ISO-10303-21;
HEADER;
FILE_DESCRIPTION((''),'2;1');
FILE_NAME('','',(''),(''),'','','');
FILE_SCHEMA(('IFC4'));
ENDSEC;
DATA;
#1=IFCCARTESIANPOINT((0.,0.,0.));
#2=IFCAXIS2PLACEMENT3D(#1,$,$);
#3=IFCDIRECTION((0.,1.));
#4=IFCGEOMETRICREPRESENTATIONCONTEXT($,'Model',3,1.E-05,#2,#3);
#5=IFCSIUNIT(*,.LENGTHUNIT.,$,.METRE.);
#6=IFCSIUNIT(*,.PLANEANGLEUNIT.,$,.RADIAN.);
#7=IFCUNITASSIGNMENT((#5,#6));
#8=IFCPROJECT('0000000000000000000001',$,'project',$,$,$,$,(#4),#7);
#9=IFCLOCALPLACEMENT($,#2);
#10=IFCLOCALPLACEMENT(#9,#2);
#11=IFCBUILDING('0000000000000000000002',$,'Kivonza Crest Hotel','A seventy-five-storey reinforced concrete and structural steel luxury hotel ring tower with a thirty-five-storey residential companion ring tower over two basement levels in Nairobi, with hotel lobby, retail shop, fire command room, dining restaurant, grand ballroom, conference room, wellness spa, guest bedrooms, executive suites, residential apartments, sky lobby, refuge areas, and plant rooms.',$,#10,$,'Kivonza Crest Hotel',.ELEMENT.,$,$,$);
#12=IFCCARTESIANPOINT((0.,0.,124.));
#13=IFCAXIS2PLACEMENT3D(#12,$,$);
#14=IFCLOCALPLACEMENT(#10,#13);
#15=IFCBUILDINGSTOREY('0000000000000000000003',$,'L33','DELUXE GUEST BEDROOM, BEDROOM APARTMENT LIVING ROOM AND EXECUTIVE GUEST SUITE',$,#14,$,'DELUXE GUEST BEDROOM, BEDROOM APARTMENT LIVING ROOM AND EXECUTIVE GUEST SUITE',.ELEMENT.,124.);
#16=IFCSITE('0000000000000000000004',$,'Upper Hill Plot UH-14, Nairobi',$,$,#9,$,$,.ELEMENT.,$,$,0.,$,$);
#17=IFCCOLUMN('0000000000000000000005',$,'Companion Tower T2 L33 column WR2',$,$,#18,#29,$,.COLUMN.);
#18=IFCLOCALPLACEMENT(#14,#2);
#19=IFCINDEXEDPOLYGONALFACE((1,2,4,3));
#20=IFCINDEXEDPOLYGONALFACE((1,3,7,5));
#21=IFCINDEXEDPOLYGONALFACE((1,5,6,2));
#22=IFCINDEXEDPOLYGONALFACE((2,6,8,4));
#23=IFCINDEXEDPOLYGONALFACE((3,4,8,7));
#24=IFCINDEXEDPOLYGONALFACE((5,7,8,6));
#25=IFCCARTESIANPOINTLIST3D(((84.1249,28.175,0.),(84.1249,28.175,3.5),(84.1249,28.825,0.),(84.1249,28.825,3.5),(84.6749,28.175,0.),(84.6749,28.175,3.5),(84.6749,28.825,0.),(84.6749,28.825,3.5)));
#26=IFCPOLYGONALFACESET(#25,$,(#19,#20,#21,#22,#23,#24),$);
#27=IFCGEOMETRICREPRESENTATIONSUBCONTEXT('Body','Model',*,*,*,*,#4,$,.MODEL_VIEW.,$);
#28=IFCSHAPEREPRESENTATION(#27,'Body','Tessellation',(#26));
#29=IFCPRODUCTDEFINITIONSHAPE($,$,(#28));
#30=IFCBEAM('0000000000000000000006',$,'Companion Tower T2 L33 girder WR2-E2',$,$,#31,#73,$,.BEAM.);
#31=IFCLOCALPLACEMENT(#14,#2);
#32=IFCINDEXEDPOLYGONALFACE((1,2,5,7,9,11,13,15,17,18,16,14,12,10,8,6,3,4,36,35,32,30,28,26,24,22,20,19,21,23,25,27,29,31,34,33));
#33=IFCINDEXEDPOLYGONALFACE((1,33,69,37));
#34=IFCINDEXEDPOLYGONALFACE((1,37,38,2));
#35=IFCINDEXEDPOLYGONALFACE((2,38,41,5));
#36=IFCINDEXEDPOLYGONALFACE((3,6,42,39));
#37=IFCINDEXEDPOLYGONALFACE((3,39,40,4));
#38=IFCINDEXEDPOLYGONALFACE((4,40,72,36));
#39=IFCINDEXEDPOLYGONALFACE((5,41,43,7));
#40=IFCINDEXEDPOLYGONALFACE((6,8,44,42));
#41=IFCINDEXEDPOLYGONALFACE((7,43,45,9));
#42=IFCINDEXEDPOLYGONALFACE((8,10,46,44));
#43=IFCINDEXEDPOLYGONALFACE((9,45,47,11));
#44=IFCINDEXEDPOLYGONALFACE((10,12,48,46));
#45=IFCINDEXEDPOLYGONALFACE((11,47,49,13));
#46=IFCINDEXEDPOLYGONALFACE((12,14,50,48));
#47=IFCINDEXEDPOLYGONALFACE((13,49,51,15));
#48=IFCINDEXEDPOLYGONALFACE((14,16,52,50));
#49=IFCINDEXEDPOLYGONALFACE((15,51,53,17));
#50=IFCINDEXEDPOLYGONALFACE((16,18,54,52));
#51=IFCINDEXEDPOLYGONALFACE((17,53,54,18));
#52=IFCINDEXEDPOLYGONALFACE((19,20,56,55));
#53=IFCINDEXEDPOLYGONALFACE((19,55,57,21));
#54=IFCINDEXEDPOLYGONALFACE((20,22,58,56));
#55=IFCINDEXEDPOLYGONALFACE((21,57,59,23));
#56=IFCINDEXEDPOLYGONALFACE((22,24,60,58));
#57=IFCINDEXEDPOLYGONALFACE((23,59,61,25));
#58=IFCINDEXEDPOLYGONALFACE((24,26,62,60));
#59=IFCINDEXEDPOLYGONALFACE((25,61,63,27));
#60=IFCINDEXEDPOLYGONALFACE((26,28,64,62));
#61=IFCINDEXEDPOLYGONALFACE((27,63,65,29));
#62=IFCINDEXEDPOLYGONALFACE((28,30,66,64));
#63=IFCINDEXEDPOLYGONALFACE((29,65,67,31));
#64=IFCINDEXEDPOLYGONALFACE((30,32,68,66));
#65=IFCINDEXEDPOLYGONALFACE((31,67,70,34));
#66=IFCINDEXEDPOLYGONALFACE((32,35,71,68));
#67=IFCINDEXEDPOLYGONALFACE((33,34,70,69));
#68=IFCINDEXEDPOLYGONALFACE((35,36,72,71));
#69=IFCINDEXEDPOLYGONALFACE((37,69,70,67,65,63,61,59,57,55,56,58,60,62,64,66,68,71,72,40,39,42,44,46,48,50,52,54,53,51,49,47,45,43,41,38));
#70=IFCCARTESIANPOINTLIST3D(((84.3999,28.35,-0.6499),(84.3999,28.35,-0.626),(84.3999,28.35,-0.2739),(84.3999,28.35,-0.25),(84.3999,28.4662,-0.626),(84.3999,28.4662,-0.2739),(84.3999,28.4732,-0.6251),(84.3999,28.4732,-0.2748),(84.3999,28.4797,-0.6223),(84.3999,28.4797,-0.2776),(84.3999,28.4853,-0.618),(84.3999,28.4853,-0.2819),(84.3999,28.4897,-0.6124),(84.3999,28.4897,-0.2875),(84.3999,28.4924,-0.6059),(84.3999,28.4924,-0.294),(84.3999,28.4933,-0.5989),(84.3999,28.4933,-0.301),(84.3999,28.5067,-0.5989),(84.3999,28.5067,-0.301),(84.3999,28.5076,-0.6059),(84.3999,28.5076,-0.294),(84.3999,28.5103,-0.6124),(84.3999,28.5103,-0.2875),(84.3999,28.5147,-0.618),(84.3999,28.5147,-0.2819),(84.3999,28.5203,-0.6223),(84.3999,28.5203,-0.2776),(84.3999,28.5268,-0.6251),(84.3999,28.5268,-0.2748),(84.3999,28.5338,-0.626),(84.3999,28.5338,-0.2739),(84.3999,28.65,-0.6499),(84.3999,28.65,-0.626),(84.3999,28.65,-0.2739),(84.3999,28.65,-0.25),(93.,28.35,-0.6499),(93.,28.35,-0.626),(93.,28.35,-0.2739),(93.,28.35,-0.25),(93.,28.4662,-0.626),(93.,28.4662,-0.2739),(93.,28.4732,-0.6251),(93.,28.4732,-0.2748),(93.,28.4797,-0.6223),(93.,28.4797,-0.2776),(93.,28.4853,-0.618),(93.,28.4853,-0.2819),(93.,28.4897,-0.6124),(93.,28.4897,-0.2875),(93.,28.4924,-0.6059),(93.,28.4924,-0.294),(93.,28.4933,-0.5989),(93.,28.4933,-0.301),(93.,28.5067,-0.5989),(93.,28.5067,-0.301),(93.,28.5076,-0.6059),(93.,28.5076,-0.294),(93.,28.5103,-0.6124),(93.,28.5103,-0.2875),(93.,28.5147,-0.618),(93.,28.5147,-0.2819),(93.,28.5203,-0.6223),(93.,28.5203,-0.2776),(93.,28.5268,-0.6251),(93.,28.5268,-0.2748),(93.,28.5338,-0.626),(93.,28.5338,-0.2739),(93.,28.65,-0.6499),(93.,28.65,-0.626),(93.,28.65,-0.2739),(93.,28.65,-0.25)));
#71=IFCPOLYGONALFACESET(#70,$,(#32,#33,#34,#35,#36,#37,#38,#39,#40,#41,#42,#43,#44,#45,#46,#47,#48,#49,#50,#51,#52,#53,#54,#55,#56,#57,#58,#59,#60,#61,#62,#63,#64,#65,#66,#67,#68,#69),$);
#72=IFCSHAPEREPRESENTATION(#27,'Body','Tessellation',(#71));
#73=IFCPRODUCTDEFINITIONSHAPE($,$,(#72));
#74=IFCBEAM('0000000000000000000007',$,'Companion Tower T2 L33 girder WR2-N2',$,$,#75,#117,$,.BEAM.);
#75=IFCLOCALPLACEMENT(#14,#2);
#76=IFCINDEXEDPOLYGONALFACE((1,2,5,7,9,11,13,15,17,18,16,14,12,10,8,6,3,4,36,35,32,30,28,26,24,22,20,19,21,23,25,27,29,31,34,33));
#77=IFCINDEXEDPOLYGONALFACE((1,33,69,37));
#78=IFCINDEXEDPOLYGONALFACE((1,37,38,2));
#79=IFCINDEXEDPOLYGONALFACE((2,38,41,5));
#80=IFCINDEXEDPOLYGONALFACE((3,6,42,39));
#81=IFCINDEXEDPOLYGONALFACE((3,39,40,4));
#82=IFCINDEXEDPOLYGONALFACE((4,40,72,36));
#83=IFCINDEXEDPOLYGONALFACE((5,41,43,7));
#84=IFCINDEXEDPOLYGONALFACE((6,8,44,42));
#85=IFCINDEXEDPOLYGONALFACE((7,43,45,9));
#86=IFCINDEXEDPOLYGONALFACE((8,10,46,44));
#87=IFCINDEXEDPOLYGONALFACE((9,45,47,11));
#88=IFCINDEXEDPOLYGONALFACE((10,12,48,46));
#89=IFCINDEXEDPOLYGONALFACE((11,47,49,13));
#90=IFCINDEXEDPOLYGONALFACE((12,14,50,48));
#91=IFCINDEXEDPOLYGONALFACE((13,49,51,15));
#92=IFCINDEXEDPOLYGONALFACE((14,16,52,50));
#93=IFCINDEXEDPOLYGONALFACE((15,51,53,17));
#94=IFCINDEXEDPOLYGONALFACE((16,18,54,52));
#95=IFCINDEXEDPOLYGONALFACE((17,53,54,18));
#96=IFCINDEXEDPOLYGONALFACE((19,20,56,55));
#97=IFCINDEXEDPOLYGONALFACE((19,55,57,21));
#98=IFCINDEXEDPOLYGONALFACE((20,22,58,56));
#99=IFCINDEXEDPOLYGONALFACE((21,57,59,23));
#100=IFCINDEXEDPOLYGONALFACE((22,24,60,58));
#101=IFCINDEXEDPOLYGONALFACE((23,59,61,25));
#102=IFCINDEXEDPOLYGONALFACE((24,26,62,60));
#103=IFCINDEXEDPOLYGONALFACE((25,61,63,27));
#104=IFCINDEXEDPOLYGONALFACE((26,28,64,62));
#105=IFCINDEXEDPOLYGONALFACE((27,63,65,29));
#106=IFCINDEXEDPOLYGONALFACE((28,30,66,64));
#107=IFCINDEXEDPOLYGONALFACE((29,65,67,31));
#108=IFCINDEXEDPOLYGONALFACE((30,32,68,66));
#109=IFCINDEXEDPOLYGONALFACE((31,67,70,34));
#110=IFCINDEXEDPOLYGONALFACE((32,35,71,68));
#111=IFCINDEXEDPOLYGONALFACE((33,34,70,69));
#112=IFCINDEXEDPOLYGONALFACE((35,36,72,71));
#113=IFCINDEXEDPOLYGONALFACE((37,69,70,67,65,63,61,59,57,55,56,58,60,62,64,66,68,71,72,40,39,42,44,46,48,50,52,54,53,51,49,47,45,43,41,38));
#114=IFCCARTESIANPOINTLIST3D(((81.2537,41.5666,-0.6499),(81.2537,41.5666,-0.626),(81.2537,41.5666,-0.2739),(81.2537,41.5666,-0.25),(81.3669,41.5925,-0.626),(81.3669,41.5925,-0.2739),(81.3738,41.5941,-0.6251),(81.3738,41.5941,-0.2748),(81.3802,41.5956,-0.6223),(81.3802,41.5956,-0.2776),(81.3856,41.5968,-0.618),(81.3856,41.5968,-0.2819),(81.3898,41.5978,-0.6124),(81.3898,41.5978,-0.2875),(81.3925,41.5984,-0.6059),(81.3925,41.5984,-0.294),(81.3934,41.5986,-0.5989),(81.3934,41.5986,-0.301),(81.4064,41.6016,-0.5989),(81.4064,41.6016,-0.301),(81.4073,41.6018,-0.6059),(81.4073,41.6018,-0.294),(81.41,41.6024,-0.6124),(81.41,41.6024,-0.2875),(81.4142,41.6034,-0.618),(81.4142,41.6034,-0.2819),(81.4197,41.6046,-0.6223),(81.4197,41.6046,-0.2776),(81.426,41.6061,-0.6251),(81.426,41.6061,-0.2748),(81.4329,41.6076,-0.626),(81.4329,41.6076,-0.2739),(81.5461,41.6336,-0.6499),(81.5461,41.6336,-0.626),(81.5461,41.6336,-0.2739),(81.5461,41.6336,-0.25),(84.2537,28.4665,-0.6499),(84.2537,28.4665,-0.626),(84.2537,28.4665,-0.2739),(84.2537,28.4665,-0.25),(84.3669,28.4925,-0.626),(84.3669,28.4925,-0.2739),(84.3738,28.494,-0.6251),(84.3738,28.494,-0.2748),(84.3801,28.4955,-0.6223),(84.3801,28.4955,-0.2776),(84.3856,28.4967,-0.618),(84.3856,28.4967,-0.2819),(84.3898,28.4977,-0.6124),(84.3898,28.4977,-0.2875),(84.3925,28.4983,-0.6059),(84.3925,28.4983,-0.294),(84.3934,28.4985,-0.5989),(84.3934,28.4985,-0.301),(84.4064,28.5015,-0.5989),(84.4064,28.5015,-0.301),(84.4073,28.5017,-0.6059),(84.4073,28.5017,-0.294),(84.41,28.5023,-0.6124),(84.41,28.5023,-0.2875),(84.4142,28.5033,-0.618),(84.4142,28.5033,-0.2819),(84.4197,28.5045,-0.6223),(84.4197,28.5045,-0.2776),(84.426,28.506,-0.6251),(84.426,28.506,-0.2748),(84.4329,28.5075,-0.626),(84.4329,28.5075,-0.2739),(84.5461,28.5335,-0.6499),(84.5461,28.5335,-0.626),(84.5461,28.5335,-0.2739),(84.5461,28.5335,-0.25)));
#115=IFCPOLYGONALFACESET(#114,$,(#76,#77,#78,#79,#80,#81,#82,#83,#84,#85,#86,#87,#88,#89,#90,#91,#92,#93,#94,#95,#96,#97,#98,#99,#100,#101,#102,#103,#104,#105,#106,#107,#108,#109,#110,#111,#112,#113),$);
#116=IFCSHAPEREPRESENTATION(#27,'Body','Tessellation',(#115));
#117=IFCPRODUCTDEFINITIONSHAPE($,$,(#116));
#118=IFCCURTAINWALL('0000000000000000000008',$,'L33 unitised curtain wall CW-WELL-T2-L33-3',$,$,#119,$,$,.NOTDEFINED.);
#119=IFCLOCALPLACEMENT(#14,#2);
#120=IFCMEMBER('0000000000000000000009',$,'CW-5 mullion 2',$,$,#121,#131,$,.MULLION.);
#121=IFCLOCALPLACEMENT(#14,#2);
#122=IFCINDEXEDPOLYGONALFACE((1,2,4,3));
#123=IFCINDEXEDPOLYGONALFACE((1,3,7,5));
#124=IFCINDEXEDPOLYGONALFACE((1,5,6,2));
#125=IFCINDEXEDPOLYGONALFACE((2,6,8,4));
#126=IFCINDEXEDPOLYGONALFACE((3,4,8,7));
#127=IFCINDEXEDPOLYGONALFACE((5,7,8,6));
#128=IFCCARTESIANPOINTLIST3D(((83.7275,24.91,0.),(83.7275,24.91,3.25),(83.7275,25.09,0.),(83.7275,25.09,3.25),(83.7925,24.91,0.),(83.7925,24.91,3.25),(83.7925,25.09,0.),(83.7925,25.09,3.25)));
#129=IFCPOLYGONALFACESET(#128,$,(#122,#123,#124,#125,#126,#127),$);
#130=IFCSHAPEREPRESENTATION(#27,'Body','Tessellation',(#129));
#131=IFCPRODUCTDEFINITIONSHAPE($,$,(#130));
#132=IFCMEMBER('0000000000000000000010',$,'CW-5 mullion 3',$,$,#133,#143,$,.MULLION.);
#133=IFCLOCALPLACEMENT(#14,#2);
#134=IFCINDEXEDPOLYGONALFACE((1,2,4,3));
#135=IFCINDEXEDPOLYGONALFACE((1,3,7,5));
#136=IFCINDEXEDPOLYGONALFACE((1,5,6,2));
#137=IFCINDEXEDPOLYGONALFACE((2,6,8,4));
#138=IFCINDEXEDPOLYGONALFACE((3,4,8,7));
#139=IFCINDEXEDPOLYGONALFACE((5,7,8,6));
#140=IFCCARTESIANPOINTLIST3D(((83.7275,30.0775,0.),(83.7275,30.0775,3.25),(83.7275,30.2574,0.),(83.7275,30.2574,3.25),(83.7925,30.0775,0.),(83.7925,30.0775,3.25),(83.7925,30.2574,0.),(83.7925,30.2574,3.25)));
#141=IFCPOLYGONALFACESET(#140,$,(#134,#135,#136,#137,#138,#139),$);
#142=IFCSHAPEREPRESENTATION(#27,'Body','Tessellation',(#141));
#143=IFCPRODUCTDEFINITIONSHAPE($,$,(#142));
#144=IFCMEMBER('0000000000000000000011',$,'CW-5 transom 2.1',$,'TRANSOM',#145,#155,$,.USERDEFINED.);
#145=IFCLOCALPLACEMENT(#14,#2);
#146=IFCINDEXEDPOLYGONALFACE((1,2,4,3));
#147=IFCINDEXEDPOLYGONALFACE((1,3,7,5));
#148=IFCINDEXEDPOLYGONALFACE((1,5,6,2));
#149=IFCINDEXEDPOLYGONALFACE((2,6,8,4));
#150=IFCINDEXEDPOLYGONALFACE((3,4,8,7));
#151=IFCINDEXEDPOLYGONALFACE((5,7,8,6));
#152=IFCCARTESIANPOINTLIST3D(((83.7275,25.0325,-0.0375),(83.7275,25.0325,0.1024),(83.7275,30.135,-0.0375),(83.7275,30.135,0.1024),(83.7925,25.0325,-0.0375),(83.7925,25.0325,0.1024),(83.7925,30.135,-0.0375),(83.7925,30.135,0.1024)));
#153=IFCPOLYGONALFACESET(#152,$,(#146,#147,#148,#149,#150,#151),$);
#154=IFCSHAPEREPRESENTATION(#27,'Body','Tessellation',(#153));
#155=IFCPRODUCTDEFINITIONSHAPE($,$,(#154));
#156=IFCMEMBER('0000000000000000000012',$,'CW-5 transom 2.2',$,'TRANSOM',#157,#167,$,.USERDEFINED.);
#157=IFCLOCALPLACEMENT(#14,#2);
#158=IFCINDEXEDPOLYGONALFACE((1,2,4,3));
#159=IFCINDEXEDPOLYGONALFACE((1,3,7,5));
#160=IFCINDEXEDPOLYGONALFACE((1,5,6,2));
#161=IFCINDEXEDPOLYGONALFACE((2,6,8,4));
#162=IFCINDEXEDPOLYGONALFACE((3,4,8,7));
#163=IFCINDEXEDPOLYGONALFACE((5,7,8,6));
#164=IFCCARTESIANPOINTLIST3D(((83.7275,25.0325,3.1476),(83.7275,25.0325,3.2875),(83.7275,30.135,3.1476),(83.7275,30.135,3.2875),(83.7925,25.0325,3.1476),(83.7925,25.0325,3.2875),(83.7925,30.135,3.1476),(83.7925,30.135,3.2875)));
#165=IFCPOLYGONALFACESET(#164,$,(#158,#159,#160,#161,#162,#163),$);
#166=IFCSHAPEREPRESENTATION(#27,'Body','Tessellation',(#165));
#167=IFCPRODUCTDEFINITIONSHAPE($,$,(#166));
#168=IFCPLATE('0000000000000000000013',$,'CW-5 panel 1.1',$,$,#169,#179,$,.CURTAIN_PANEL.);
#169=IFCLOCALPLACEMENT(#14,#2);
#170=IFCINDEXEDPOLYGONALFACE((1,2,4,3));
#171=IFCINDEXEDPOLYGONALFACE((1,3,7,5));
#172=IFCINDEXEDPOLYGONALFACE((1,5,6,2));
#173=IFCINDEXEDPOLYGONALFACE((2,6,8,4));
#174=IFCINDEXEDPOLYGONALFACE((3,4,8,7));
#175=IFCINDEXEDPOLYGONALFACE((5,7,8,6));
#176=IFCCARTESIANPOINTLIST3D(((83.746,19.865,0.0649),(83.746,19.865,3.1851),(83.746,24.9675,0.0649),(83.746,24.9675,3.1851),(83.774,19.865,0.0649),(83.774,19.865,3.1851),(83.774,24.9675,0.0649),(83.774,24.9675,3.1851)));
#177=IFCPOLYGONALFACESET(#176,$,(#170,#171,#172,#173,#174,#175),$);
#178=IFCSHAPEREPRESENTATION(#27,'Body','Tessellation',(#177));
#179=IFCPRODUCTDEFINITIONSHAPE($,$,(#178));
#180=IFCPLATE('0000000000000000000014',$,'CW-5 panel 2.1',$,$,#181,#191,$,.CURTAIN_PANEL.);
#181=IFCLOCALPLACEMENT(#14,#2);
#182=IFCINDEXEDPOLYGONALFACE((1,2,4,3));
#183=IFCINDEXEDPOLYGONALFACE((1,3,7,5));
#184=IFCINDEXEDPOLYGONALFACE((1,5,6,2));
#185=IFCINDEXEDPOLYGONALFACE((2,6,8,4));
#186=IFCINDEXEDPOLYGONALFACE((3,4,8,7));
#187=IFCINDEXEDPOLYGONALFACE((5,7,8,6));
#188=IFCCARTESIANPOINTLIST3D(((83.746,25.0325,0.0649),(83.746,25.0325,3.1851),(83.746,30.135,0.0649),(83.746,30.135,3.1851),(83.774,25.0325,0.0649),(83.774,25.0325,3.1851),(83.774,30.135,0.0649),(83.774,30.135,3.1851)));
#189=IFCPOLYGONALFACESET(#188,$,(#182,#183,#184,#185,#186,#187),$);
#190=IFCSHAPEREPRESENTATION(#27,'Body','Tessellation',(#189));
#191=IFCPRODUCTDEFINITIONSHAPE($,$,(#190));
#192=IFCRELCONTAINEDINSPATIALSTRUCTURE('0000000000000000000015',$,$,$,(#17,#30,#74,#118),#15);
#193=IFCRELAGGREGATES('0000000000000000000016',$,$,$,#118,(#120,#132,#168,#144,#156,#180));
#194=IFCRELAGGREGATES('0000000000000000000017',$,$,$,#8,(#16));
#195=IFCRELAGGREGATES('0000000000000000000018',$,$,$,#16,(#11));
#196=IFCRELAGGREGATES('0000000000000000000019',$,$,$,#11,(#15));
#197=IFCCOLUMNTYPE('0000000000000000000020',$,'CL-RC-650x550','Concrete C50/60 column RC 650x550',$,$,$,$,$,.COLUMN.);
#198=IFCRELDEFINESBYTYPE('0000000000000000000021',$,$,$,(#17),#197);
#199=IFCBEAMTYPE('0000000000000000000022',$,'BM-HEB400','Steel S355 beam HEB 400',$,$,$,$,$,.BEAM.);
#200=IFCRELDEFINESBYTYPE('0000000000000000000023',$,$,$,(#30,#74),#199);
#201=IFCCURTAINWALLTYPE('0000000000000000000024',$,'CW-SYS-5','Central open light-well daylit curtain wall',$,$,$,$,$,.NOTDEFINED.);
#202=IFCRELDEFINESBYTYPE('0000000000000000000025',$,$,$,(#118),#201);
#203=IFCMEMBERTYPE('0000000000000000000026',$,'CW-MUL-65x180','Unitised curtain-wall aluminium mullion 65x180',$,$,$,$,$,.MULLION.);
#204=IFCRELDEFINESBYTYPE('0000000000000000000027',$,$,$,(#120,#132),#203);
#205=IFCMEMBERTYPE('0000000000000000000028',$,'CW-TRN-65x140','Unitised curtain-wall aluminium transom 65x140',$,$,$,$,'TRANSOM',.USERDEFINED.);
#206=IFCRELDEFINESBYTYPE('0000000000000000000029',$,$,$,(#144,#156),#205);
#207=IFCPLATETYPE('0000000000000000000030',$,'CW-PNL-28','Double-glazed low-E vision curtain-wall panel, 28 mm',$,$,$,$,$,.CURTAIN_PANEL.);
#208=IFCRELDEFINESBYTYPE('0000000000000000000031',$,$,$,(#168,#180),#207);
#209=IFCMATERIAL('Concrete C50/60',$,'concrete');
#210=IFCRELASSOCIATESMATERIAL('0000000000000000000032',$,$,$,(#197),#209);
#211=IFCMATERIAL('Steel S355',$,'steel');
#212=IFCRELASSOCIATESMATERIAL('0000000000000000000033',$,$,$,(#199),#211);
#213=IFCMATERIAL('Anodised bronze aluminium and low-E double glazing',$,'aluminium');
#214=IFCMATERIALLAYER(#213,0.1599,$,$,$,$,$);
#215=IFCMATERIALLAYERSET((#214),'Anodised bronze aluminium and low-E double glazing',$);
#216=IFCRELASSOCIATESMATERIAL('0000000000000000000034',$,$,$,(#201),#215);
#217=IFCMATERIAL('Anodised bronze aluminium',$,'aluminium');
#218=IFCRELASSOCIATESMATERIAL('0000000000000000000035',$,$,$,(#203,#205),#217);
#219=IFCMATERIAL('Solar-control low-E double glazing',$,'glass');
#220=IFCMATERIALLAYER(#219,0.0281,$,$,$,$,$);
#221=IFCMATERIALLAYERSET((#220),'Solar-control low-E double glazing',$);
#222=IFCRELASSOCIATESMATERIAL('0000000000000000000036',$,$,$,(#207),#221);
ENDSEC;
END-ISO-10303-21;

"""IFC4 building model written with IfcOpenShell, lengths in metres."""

from ifc_helpers import new_model, si_unit, direction, frame, origin, origin_2d, place, context, subcontext, project, spatial, rectangle, i_section, extrude, material, layer, layer_set, material_profile, profile_set, type_object, element, aggregate, save


model = new_model("IFC4")

# Units and contexts
model_context = context("Model", 3, precision=1e-05, world=origin(), true_north=direction((0.0, 1.0)))
body_context = subcontext(model_context, "Body", "Model", "MODEL_VIEW")
ifc_project = project(units=[si_unit("LENGTHUNIT", "METRE"), si_unit("PLANEANGLEUNIT", "RADIAN")], contexts=[model_context])

# Site, building, storey
site_placement = place(None, origin())
site = spatial("IfcSite", under=ifc_project, at=site_placement, Name="Upper Hill Plot UH-14, Nairobi", CompositionType="ELEMENT", RefElevation=0.0)
building_placement = place(site_placement, origin())
building = spatial("IfcBuilding", under=site, at=building_placement, Name="Kivonza Crest Hotel", Description="A seventy-five-storey reinforced concrete and structural steel luxury hotel ring tower with a thirty-five-storey residential companion ring tower over two basement levels in Nairobi, with hotel lobby, retail shop, fire command room, dining restaurant, grand ballroom, conference room, wellness spa, guest bedrooms, executive suites, residential apartments, sky lobby, refuge areas, and plant rooms.", LongName="Kivonza Crest Hotel", CompositionType="ELEMENT")
storey_placement = place(building_placement, frame((0.0, 0.0, 124.0)))
storey = spatial("IfcBuildingStorey", under=building, at=storey_placement, Name="L33", Description="DELUXE GUEST BEDROOM, BEDROOM APARTMENT LIVING ROOM AND EXECUTIVE GUEST SUITE", LongName="DELUXE GUEST BEDROOM, BEDROOM APARTMENT LIVING ROOM AND EXECUTIVE GUEST SUITE", CompositionType="ELEMENT", Elevation=124.0)

# Column
ifc_material_1 = material(Name="Concrete C50/60", Category="concrete")
ifc_material_profile_1 = material_profile(ifc_material_1, rectangle(XDim=0.55, YDim=0.6499, at=origin_2d()), Name="RC 650x550")
ifc_profile_set_1 = profile_set([ifc_material_profile_1], Name="Concrete C50/60")
column_type = type_object("IfcColumnType", Name="CL-RC-650x550", Description="Concrete C50/60 column RC 650x550", PredefinedType="COLUMN", material=ifc_profile_set_1)
column_placement = place(storey_placement, frame((84.3999, 28.5, 0.0), z_axis=(0.0, 0.0, 1.0), x_axis=(1.0, 0.0, 0.0)))
element("IfcColumn", 1, at=column_placement, inside=storey, type_object=column_type, Name="Companion Tower T2 L33 column WR2", PredefinedType="COLUMN", context=body_context, shape_type="SweptSolid", body=[
    extrude(rectangle(XDim=0.55, YDim=0.6499, at=origin_2d()), origin(), (0.0, 0.0, 1.0), 3.5),
])

# Beams
ifc_material_2 = material(Name="Steel S355", Category="steel")
ifc_material_profile_2 = material_profile(ifc_material_2, i_section(OverallWidth=0.3, OverallDepth=0.3999, WebThickness=0.0134, FlangeThickness=0.0239, FilletRadius=0.0271, at=origin_2d()), Name="HEB 400")
ifc_profile_set_2 = profile_set([ifc_material_profile_2], Name="Steel S355")
beam_type = type_object("IfcBeamType", Name="BM-HEB400", Description="Steel S355 beam HEB 400", PredefinedType="BEAM", material=ifc_profile_set_2)
beam_1_placement = place(storey_placement, frame((84.3999, 28.5, -0.45), z_axis=(1.0, 0.0, 0.0), x_axis=(0.0, 1.0, 0.0)))
element("IfcBeam", 2, at=beam_1_placement, inside=storey, type_object=beam_type, Name="Companion Tower T2 L33 girder WR2-E2", PredefinedType="BEAM", context=body_context, shape_type="SweptSolid", body=[
    extrude(i_section(OverallWidth=0.3, OverallDepth=0.3999, WebThickness=0.0134, FlangeThickness=0.0239, FilletRadius=0.0271, at=origin_2d()), origin(), (0.0, 0.0, 1.0), 8.6001),
])
beam_2_placement = place(storey_placement, frame((84.3999, 28.5, -0.45), z_axis=(-0.223227, 0.974766, 0.0), x_axis=(-0.974766, -0.223227, 0.0)))
element("IfcBeam", 3, at=beam_2_placement, inside=storey, type_object=beam_type, Name="Companion Tower T2 L33 girder WR2-N2", PredefinedType="BEAM", context=body_context, shape_type="SweptSolid", body=[
    extrude(i_section(OverallWidth=0.3, OverallDepth=0.3999, WebThickness=0.0134, FlangeThickness=0.0239, FilletRadius=0.0271, at=origin_2d()), origin(), (0.0, 0.0, 1.0), 13.4392),
])

# Curtain wall, members, plates
ifc_material_3 = material(Name="Anodised bronze aluminium and low-E double glazing", Category="aluminium")
ifc_layer_1 = layer(ifc_material_3, 0.1599)
ifc_layer_set_1 = layer_set([ifc_layer_1], Name="Anodised bronze aluminium and low-E double glazing")
curtain_wall_type = type_object("IfcCurtainWallType", Name="CW-SYS-5", Description="Central open light-well daylit curtain wall", PredefinedType="NOTDEFINED", material=ifc_layer_set_1)
curtain_wall_placement = place(storey_placement, origin())
curtain_wall = element("IfcCurtainWall", 4, at=curtain_wall_placement, inside=storey, type_object=curtain_wall_type, Name="L33 unitised curtain wall CW-WELL-T2-L33-3", PredefinedType="NOTDEFINED")
ifc_material_4 = material(Name="Anodised bronze aluminium", Category="aluminium")
ifc_material_profile_3 = material_profile(ifc_material_4, rectangle(XDim=0.0649, YDim=0.1799, at=origin_2d()), Name="CW-M 65x180")
ifc_profile_set_3 = profile_set([ifc_material_profile_3], Name="Anodised bronze aluminium")
member_type_1 = type_object("IfcMemberType", Name="CW-MUL-65x180", Description="Unitised curtain-wall aluminium mullion 65x180", PredefinedType="MULLION", material=ifc_profile_set_3)
member_1_placement = place(storey_placement, frame((83.76, 25.0, 0.0), z_axis=(0.0, 0.0, 1.0), x_axis=(-1.0, 0.0, 0.0)))
member_1 = element("IfcMember", 5, at=member_1_placement, type_object=member_type_1, Name="CW-5 mullion 2", PredefinedType="MULLION", context=body_context, shape_type="SweptSolid", body=[
    extrude(rectangle(XDim=0.0649, YDim=0.1799, at=origin_2d()), origin(), (0.0, 0.0, 1.0), 3.25),
])
member_2_placement = place(storey_placement, frame((83.76, 30.1675, 0.0), z_axis=(0.0, 0.0, 1.0), x_axis=(-1.0, 0.0, 0.0)))
member_2 = element("IfcMember", 6, at=member_2_placement, type_object=member_type_1, Name="CW-5 mullion 3", PredefinedType="MULLION", context=body_context, shape_type="SweptSolid", body=[
    extrude(rectangle(XDim=0.0649, YDim=0.1799, at=origin_2d()), origin(), (0.0, 0.0, 1.0), 3.25),
])
ifc_material_profile_4 = material_profile(ifc_material_4, rectangle(XDim=0.0649, YDim=0.1399, at=origin_2d()), Name="CW-T 65x140")
ifc_profile_set_4 = profile_set([ifc_material_profile_4], Name="Anodised bronze aluminium")
member_type_2 = type_object("IfcMemberType", Name="CW-TRN-65x140", Description="Unitised curtain-wall aluminium transom 65x140", ElementType="TRANSOM", PredefinedType="USERDEFINED", material=ifc_profile_set_4)
member_3_placement = place(storey_placement, frame((83.76, 25.0325, 0.0325), z_axis=(0.0, 1.0, 0.0), x_axis=(-1.0, 0.0, 0.0)))
member_3 = element("IfcMember", 7, at=member_3_placement, type_object=member_type_2, Name="CW-5 transom 2.1", ObjectType="TRANSOM", PredefinedType="USERDEFINED", context=body_context, shape_type="SweptSolid", body=[
    extrude(rectangle(XDim=0.0649, YDim=0.1399, at=origin_2d()), origin(), (0.0, 0.0, 1.0), 5.1025),
])
member_4_placement = place(storey_placement, frame((83.76, 25.0325, 3.2175), z_axis=(0.0, 1.0, 0.0), x_axis=(-1.0, 0.0, 0.0)))
member_4 = element("IfcMember", 8, at=member_4_placement, type_object=member_type_2, Name="CW-5 transom 2.2", ObjectType="TRANSOM", PredefinedType="USERDEFINED", context=body_context, shape_type="SweptSolid", body=[
    extrude(rectangle(XDim=0.0649, YDim=0.1399, at=origin_2d()), origin(), (0.0, 0.0, 1.0), 5.1025),
])
ifc_material_5 = material(Name="Solar-control low-E double glazing", Category="glass")
ifc_layer_2 = layer(ifc_material_5, 0.0281)
ifc_layer_set_2 = layer_set([ifc_layer_2], Name="Solar-control low-E double glazing")
plate_type = type_object("IfcPlateType", Name="CW-PNL-28", Description="Double-glazed low-E vision curtain-wall panel, 28 mm", PredefinedType="CURTAIN_PANEL", material=ifc_layer_set_2)
plate_1_placement = place(storey_placement, frame((83.76, 22.4163, 0.0649), z_axis=(0.0, 0.0, 1.0), x_axis=(0.0, 1.0, 0.0)))
plate_1 = element("IfcPlate", 9, at=plate_1_placement, type_object=plate_type, Name="CW-5 panel 1.1", PredefinedType="CURTAIN_PANEL", context=body_context, shape_type="SweptSolid", body=[
    extrude(rectangle(XDim=5.1025, YDim=0.0281, at=origin_2d()), origin(), (0.0, 0.0, 1.0), 3.1201),
])
plate_2_placement = place(storey_placement, frame((83.76, 27.5837, 0.0649), z_axis=(0.0, 0.0, 1.0), x_axis=(0.0, 1.0, 0.0)))
plate_2 = element("IfcPlate", 10, at=plate_2_placement, type_object=plate_type, Name="CW-5 panel 2.1", PredefinedType="CURTAIN_PANEL", context=body_context, shape_type="SweptSolid", body=[
    extrude(rectangle(XDim=5.1025, YDim=0.0281, at=origin_2d()), origin(), (0.0, 0.0, 1.0), 3.1201),
])
aggregate(curtain_wall, [member_1, member_2, plate_1, member_3, member_4, plate_2])

save(model, "model.ifc")
